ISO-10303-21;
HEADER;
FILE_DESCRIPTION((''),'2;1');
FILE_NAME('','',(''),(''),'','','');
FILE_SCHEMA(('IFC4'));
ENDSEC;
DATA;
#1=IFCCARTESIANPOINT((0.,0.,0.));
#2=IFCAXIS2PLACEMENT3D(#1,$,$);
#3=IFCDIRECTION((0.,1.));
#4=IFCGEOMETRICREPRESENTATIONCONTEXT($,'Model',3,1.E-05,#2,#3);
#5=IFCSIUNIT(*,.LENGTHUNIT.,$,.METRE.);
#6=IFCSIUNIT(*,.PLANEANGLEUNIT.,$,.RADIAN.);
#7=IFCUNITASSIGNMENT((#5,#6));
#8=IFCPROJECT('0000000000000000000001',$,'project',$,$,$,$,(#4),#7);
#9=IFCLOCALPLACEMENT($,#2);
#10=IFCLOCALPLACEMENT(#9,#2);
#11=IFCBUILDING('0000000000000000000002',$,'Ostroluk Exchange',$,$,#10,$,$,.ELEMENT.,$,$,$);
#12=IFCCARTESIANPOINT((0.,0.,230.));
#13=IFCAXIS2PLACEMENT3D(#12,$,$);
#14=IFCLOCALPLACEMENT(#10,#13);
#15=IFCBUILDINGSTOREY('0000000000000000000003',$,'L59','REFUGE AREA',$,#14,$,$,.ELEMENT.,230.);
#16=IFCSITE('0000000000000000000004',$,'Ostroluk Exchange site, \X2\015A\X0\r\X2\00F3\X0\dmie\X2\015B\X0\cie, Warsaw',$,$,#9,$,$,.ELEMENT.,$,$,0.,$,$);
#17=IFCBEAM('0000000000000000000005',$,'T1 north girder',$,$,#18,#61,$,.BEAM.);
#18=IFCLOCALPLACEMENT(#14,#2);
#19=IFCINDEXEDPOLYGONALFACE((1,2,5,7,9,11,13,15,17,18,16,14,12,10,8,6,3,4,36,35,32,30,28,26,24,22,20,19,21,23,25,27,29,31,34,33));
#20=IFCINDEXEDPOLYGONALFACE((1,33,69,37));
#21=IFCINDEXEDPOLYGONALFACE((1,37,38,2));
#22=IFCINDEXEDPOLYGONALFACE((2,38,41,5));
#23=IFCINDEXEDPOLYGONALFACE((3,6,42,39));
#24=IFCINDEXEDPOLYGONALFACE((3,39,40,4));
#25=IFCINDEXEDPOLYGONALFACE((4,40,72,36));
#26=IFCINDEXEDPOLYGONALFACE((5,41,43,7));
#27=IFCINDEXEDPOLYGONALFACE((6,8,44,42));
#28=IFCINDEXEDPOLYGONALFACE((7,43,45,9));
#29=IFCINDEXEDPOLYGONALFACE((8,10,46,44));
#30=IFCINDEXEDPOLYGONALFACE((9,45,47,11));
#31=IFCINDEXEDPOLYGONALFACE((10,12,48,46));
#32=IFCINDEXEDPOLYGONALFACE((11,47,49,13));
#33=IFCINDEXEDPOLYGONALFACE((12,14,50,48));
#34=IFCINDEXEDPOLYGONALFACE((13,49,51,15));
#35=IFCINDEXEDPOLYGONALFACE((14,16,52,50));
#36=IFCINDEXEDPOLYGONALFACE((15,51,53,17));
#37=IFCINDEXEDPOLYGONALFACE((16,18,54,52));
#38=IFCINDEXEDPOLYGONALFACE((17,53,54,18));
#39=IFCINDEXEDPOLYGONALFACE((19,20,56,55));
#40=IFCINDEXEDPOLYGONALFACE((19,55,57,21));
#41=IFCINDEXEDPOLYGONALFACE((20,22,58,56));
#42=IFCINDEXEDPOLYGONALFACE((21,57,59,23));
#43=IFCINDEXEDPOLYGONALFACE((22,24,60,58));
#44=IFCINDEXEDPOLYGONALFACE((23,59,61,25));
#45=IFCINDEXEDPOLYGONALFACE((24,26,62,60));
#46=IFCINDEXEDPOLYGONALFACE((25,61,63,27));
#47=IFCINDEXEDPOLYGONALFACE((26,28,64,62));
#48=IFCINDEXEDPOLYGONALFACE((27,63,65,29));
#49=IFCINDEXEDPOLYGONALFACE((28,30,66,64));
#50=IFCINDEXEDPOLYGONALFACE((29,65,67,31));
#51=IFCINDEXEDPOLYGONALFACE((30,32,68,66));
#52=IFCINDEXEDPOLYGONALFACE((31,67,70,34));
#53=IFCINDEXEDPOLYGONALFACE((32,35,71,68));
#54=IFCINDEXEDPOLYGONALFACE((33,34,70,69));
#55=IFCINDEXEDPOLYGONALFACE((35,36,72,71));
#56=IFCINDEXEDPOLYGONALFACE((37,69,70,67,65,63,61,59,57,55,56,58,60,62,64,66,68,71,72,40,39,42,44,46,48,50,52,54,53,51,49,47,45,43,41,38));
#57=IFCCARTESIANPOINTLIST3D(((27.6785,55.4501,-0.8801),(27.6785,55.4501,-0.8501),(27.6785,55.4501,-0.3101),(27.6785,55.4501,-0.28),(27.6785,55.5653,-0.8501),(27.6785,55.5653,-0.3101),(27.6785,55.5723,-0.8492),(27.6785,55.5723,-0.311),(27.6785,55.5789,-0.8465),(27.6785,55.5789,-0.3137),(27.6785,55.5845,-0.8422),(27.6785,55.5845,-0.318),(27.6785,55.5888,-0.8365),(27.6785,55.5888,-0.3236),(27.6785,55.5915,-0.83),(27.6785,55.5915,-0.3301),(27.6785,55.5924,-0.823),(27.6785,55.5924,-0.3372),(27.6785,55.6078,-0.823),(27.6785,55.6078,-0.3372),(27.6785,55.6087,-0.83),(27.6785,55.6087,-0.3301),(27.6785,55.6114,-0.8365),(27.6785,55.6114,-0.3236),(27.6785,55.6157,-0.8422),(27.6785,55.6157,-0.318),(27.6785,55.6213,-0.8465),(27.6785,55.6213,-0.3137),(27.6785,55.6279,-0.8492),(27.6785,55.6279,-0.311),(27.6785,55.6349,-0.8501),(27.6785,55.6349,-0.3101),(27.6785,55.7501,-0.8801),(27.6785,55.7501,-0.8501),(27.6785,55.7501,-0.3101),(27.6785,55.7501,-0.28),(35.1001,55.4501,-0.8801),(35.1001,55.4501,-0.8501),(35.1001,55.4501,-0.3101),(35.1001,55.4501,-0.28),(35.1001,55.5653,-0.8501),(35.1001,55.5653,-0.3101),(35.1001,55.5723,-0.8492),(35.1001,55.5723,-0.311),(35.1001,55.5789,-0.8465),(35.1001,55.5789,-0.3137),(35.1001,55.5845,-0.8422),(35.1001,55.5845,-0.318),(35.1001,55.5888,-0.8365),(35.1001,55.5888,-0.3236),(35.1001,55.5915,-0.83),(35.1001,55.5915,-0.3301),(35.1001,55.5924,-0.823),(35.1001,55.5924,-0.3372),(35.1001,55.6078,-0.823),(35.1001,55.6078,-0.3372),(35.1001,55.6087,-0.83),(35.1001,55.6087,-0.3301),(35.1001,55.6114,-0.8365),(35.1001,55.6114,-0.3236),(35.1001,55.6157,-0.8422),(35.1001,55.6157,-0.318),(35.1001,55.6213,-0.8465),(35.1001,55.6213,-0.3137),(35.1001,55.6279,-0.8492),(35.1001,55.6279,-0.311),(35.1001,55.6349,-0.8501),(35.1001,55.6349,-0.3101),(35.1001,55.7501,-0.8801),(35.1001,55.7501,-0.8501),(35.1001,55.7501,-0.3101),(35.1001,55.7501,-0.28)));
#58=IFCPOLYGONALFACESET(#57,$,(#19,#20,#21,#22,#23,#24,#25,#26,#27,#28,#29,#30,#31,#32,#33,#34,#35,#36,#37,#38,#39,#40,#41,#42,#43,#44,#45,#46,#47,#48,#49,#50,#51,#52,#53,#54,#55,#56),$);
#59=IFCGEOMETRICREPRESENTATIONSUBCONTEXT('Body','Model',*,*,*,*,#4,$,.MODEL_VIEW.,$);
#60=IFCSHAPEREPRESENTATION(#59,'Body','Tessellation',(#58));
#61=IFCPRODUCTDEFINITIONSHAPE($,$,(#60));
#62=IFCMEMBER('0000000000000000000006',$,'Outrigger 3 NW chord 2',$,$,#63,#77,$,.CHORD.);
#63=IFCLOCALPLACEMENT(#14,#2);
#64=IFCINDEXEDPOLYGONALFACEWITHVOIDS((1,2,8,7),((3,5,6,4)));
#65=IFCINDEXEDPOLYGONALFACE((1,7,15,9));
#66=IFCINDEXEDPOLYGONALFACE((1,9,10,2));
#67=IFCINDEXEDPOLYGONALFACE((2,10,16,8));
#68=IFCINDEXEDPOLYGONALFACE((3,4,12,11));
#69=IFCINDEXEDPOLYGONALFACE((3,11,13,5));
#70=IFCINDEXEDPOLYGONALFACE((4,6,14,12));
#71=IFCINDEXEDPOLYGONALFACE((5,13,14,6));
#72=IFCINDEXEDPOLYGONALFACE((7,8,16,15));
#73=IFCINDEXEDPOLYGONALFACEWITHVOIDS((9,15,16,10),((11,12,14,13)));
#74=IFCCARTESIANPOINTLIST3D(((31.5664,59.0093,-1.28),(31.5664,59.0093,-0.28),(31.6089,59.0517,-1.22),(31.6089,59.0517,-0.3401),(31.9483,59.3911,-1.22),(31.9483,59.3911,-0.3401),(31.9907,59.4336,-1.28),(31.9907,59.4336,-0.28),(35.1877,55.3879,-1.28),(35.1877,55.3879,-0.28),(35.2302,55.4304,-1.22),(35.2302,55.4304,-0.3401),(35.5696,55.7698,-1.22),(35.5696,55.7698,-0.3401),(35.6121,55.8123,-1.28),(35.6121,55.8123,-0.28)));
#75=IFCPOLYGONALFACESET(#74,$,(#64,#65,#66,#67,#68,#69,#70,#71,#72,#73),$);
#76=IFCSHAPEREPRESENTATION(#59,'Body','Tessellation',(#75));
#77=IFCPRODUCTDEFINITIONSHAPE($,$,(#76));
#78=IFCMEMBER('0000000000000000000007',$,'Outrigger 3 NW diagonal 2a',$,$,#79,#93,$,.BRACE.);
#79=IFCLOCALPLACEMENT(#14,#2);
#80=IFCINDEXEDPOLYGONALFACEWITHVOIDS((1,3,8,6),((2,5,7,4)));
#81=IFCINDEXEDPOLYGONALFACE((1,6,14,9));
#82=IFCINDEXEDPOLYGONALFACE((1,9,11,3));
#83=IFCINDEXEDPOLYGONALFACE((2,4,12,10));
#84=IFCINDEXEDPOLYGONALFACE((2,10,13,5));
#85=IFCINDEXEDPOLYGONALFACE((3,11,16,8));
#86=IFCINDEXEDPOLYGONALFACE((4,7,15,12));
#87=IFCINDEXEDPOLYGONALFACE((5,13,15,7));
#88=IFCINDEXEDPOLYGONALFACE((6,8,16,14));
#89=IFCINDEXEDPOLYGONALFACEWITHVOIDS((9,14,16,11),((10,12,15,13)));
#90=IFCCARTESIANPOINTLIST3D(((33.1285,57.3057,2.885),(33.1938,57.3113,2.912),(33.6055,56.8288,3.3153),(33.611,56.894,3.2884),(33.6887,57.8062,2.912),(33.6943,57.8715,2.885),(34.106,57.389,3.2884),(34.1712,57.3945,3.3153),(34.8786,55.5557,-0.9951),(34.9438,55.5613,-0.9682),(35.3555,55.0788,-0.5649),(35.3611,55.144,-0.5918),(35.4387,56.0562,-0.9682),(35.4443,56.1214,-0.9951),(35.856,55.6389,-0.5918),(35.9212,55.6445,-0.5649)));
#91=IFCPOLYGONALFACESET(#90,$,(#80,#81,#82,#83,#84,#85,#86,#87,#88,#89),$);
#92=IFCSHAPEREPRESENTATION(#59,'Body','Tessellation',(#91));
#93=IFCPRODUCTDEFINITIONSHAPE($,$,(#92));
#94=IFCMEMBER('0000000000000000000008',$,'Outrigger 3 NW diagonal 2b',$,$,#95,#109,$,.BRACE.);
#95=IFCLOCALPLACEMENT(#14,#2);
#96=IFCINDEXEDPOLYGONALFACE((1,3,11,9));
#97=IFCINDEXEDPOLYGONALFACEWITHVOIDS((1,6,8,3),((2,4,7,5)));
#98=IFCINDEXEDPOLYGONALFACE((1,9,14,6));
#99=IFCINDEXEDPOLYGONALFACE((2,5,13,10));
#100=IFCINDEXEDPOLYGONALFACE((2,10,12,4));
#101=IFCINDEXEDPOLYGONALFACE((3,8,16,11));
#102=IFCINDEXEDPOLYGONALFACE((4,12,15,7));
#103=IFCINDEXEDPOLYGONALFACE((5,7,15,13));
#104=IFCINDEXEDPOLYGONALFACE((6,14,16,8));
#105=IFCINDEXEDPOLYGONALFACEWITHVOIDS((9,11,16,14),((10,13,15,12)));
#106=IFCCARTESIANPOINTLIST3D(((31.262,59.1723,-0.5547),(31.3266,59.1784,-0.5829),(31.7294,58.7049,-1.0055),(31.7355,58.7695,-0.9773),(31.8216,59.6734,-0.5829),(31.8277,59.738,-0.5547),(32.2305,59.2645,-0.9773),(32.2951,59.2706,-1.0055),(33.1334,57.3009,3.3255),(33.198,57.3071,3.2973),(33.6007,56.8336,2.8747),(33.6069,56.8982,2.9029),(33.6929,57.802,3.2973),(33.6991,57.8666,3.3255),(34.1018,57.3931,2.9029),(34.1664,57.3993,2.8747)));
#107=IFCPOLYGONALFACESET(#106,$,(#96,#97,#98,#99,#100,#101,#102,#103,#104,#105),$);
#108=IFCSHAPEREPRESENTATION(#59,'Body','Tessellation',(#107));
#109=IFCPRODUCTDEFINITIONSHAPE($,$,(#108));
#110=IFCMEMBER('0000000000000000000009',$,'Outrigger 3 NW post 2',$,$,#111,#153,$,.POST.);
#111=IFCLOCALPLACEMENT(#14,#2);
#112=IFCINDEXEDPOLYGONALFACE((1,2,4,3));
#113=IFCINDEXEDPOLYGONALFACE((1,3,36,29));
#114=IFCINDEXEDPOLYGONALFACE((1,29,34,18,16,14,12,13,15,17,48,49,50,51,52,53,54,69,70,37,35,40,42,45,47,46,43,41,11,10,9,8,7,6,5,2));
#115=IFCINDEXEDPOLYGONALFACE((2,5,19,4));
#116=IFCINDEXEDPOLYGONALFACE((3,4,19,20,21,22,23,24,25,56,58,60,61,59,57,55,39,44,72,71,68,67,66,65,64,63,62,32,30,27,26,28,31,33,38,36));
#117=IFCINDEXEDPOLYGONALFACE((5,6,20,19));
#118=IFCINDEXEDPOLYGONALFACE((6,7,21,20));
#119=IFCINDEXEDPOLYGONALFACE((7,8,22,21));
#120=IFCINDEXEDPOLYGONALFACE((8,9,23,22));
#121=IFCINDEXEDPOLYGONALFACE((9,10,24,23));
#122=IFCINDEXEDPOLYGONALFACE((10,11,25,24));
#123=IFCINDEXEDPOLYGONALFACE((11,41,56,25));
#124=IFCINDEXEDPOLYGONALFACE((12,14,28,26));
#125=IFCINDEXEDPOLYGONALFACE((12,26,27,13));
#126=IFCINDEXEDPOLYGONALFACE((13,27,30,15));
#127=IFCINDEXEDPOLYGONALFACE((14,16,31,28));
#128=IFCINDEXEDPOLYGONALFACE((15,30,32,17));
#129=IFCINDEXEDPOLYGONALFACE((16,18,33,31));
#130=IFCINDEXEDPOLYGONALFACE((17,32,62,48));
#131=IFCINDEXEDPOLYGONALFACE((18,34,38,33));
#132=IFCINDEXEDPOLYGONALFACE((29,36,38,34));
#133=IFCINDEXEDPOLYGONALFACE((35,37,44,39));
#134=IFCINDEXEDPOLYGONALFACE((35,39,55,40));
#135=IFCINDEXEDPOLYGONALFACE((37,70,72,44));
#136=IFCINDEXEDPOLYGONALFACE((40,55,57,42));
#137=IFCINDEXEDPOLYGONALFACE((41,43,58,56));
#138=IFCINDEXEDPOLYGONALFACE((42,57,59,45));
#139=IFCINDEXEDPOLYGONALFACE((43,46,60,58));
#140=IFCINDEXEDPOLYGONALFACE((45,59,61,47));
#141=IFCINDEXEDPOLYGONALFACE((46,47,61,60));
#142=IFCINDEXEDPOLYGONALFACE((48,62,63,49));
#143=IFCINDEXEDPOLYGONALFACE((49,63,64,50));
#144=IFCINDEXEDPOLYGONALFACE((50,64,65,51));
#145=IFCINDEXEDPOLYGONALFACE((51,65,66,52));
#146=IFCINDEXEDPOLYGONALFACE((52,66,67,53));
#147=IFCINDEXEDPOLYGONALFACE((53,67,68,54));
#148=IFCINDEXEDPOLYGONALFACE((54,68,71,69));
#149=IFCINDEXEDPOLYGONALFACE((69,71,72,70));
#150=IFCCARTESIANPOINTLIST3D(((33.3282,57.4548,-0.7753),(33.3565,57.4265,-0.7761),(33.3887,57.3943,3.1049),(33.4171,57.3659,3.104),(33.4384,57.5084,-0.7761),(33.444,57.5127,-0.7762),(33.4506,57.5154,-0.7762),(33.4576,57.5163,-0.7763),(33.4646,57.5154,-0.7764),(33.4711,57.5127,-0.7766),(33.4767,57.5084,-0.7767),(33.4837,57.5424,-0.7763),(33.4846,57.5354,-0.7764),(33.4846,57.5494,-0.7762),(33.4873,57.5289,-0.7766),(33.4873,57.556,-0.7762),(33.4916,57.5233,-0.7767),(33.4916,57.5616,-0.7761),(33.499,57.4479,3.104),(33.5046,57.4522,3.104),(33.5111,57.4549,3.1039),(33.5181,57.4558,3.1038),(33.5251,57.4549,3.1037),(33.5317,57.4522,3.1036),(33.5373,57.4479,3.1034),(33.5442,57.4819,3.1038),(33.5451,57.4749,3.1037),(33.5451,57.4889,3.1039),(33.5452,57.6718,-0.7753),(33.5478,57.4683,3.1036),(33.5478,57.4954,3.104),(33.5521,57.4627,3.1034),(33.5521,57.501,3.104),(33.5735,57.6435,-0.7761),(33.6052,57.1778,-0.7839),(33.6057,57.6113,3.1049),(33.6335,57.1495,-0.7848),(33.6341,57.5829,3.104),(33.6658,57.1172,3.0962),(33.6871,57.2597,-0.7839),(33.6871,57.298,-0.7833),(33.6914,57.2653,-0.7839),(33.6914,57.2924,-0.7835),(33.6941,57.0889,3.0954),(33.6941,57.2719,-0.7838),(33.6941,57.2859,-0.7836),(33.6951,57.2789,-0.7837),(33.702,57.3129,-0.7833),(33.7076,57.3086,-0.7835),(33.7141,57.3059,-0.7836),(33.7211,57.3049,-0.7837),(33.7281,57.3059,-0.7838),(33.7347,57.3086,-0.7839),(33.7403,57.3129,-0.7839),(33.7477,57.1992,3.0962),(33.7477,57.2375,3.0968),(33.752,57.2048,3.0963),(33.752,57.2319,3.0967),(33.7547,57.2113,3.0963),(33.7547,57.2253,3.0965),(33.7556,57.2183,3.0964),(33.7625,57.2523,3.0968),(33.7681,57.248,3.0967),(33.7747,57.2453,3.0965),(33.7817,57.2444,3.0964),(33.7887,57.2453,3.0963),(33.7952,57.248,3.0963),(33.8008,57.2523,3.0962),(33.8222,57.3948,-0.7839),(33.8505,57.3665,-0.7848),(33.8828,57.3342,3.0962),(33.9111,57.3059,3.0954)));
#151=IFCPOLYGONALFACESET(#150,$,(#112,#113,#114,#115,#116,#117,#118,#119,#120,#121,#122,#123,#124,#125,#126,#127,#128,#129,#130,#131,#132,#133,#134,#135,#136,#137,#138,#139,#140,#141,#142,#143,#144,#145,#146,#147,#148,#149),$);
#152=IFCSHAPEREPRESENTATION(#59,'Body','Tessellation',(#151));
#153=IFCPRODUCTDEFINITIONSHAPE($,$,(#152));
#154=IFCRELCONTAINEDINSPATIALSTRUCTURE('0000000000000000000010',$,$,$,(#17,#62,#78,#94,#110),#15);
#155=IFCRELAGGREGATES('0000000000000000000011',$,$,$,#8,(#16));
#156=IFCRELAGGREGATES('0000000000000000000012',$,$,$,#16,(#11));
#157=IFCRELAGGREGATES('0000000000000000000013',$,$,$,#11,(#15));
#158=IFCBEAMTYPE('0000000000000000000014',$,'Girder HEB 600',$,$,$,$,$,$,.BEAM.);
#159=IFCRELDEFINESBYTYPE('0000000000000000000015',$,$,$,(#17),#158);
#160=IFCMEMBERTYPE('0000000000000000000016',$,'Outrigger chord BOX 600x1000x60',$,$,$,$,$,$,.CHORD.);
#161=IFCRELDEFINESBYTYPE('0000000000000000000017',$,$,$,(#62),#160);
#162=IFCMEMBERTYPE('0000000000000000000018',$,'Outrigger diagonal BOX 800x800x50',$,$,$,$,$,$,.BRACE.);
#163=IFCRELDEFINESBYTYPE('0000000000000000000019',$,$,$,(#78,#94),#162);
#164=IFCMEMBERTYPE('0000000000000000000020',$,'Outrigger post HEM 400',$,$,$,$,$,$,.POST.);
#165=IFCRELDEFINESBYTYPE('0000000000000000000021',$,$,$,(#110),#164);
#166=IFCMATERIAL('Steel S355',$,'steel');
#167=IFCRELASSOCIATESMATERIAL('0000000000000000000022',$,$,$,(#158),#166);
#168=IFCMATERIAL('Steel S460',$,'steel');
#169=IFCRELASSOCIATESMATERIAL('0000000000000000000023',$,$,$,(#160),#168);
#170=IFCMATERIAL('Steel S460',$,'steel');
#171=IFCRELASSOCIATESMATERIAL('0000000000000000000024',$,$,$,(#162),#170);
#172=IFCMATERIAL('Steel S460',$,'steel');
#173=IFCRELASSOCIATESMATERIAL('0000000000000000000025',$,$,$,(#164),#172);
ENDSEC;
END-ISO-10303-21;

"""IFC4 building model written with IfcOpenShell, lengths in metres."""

from ifc_helpers import new_model, si_unit, direction, frame, origin, origin_2d, place, context, subcontext, project, spatial, hollow_rectangle, i_section, extrude, material, material_profile, profile_set, type_object, element, save


model = new_model("IFC4")

# Units and contexts
model_context = context("Model", 3, precision=1e-05, world=origin(), true_north=direction((0.0, 1.0)))
body_context = subcontext(model_context, "Body", "Model", "MODEL_VIEW")
ifc_project = project(units=[si_unit("LENGTHUNIT", "METRE"), si_unit("PLANEANGLEUNIT", "RADIAN")], contexts=[model_context])

# Site, building, storey
site_placement = place(None, origin())
site = spatial("IfcSite", under=ifc_project, at=site_placement, Name="Ostroluk Exchange site, Śródmieście, Warsaw", CompositionType="ELEMENT", RefElevation=0.0)
building_placement = place(site_placement, origin())
building = spatial("IfcBuilding", under=site, at=building_placement, Name="Ostroluk Exchange", CompositionType="ELEMENT")
storey_placement = place(building_placement, frame((0.0, 0.0, 230.0)))
storey = spatial("IfcBuildingStorey", under=building, at=storey_placement, Name="L59", Description="REFUGE AREA", CompositionType="ELEMENT", Elevation=230.0)

# Beam
ifc_material_1 = material(Name="Steel S355", Category="steel")
ifc_material_profile_1 = material_profile(ifc_material_1, i_section(OverallWidth=0.3, OverallDepth=0.6001, WebThickness=0.0154, FlangeThickness=0.03, FilletRadius=0.0271, at=origin_2d()), Name="HEB 600")
ifc_profile_set_1 = profile_set([ifc_material_profile_1], Name="Steel S355")
beam_type_1 = type_object("IfcBeamType", Name="Girder HEB 600", PredefinedType="BEAM", material=ifc_profile_set_1)
beam_placement = place(storey_placement, frame((35.1001, 55.6001, -0.5801), z_axis=(-1.0, 0.0, 0.0), x_axis=(0.0, -1.0, 0.0)))
element("IfcBeam", 1, at=beam_placement, inside=storey, type_object=beam_type_1, Name="T1 north girder", PredefinedType="BEAM", context=body_context, shape_type="SweptSolid", body=[
    extrude(i_section(OverallWidth=0.3, OverallDepth=0.6001, WebThickness=0.0154, FlangeThickness=0.03, FilletRadius=0.0271, at=origin_2d()), origin(), (0.0, 0.0, 1.0), 7.4216),
])

# Members
ifc_material_2 = material(Name="Steel S460", Category="steel")
ifc_material_profile_2 = material_profile(ifc_material_2, hollow_rectangle(XDim=0.6001, YDim=1.0, WallThickness=0.0601, at=origin_2d()), Name="BOX 600x1000x60")
ifc_profile_set_2 = profile_set([ifc_material_profile_2], Name="Steel S460")
member_type_1 = type_object("IfcMemberType", Name="Outrigger chord BOX 600x1000x60", PredefinedType="CHORD", material=ifc_profile_set_2)
member_1_placement = place(storey_placement, frame((35.3999, 55.6001, -0.78), z_axis=(-0.707107, 0.707107, 0.0), x_axis=(-0.707107, -0.707107, 0.0)))
element("IfcMember", 2, at=member_1_placement, inside=storey, type_object=member_type_1, Name="Outrigger 3 NW chord 2", PredefinedType="CHORD", context=body_context, shape_type="SweptSolid", body=[
    extrude(hollow_rectangle(XDim=0.6001, YDim=1.0, WallThickness=0.0601, at=origin_2d()), origin(), (0.0, 0.0, 1.0), 5.1213),
])
ifc_material_3 = material(Name="Steel S460", Category="steel")
ifc_material_profile_3 = material_profile(ifc_material_3, hollow_rectangle(XDim=0.8, YDim=0.8, WallThickness=0.05, at=origin_2d()), Name="BOX 800x800x50")
ifc_profile_set_3 = profile_set([ifc_material_profile_3], Name="Steel S460")
member_type_2 = type_object("IfcMemberType", Name="Outrigger diagonal BOX 800x800x50", PredefinedType="BRACE", material=ifc_profile_set_3)
member_2_placement = place(storey_placement, frame((35.3999, 55.6001, -0.78), z_axis=(-0.380252, 0.380252, 0.8431), x_axis=(-0.707107, -0.707107, 0.0)))
element("IfcMember", 3, at=member_2_placement, inside=storey, type_object=member_type_2, Name="Outrigger 3 NW diagonal 2a", PredefinedType="BRACE", context=body_context, shape_type="SweptSolid", body=[
    extrude(hollow_rectangle(XDim=0.8, YDim=0.8, WallThickness=0.05, at=origin_2d()), origin(), (0.0, 0.0, 1.0), 4.6023),
])
member_3_placement = place(storey_placement, frame((33.6499, 57.3501, 3.1001), z_axis=(-0.398435, 0.398435, -0.826135), x_axis=(-0.707107, -0.707107, 0.0)))
element("IfcMember", 4, at=member_3_placement, inside=storey, type_object=member_type_2, Name="Outrigger 3 NW diagonal 2b", PredefinedType="BRACE", context=body_context, shape_type="SweptSolid", body=[
    extrude(hollow_rectangle(XDim=0.8, YDim=0.8, WallThickness=0.05, at=origin_2d()), origin(), (0.0, 0.0, 1.0), 4.6968),
])
ifc_material_4 = material(Name="Steel S460", Category="steel")
ifc_material_profile_4 = material_profile(ifc_material_4, i_section(OverallWidth=0.3069, OverallDepth=0.4319, WebThickness=0.021, FlangeThickness=0.04, FilletRadius=0.0271, at=origin_2d()), Name="HEM 400")
ifc_profile_set_4 = profile_set([ifc_material_profile_4], Name="Steel S460")
member_type_3 = type_object("IfcMemberType", Name="Outrigger post HEM 400", PredefinedType="POST", material=ifc_profile_set_4)
member_4_placement = place(storey_placement, frame((33.5894, 57.4106, -0.78), z_axis=(0.015601, -0.015601, 0.999757), x_axis=(0.707107, 0.707107, 0.0)))
element("IfcMember", 5, at=member_4_placement, inside=storey, type_object=member_type_3, Name="Outrigger 3 NW post 2", PredefinedType="POST", context=body_context, shape_type="SweptSolid", body=[
    extrude(i_section(OverallWidth=0.3069, OverallDepth=0.4319, WebThickness=0.021, FlangeThickness=0.04, FilletRadius=0.0271, at=origin_2d()), origin(), (0.0, 0.0, 1.0), 3.8811),
])

save(model, "model.ifc")
